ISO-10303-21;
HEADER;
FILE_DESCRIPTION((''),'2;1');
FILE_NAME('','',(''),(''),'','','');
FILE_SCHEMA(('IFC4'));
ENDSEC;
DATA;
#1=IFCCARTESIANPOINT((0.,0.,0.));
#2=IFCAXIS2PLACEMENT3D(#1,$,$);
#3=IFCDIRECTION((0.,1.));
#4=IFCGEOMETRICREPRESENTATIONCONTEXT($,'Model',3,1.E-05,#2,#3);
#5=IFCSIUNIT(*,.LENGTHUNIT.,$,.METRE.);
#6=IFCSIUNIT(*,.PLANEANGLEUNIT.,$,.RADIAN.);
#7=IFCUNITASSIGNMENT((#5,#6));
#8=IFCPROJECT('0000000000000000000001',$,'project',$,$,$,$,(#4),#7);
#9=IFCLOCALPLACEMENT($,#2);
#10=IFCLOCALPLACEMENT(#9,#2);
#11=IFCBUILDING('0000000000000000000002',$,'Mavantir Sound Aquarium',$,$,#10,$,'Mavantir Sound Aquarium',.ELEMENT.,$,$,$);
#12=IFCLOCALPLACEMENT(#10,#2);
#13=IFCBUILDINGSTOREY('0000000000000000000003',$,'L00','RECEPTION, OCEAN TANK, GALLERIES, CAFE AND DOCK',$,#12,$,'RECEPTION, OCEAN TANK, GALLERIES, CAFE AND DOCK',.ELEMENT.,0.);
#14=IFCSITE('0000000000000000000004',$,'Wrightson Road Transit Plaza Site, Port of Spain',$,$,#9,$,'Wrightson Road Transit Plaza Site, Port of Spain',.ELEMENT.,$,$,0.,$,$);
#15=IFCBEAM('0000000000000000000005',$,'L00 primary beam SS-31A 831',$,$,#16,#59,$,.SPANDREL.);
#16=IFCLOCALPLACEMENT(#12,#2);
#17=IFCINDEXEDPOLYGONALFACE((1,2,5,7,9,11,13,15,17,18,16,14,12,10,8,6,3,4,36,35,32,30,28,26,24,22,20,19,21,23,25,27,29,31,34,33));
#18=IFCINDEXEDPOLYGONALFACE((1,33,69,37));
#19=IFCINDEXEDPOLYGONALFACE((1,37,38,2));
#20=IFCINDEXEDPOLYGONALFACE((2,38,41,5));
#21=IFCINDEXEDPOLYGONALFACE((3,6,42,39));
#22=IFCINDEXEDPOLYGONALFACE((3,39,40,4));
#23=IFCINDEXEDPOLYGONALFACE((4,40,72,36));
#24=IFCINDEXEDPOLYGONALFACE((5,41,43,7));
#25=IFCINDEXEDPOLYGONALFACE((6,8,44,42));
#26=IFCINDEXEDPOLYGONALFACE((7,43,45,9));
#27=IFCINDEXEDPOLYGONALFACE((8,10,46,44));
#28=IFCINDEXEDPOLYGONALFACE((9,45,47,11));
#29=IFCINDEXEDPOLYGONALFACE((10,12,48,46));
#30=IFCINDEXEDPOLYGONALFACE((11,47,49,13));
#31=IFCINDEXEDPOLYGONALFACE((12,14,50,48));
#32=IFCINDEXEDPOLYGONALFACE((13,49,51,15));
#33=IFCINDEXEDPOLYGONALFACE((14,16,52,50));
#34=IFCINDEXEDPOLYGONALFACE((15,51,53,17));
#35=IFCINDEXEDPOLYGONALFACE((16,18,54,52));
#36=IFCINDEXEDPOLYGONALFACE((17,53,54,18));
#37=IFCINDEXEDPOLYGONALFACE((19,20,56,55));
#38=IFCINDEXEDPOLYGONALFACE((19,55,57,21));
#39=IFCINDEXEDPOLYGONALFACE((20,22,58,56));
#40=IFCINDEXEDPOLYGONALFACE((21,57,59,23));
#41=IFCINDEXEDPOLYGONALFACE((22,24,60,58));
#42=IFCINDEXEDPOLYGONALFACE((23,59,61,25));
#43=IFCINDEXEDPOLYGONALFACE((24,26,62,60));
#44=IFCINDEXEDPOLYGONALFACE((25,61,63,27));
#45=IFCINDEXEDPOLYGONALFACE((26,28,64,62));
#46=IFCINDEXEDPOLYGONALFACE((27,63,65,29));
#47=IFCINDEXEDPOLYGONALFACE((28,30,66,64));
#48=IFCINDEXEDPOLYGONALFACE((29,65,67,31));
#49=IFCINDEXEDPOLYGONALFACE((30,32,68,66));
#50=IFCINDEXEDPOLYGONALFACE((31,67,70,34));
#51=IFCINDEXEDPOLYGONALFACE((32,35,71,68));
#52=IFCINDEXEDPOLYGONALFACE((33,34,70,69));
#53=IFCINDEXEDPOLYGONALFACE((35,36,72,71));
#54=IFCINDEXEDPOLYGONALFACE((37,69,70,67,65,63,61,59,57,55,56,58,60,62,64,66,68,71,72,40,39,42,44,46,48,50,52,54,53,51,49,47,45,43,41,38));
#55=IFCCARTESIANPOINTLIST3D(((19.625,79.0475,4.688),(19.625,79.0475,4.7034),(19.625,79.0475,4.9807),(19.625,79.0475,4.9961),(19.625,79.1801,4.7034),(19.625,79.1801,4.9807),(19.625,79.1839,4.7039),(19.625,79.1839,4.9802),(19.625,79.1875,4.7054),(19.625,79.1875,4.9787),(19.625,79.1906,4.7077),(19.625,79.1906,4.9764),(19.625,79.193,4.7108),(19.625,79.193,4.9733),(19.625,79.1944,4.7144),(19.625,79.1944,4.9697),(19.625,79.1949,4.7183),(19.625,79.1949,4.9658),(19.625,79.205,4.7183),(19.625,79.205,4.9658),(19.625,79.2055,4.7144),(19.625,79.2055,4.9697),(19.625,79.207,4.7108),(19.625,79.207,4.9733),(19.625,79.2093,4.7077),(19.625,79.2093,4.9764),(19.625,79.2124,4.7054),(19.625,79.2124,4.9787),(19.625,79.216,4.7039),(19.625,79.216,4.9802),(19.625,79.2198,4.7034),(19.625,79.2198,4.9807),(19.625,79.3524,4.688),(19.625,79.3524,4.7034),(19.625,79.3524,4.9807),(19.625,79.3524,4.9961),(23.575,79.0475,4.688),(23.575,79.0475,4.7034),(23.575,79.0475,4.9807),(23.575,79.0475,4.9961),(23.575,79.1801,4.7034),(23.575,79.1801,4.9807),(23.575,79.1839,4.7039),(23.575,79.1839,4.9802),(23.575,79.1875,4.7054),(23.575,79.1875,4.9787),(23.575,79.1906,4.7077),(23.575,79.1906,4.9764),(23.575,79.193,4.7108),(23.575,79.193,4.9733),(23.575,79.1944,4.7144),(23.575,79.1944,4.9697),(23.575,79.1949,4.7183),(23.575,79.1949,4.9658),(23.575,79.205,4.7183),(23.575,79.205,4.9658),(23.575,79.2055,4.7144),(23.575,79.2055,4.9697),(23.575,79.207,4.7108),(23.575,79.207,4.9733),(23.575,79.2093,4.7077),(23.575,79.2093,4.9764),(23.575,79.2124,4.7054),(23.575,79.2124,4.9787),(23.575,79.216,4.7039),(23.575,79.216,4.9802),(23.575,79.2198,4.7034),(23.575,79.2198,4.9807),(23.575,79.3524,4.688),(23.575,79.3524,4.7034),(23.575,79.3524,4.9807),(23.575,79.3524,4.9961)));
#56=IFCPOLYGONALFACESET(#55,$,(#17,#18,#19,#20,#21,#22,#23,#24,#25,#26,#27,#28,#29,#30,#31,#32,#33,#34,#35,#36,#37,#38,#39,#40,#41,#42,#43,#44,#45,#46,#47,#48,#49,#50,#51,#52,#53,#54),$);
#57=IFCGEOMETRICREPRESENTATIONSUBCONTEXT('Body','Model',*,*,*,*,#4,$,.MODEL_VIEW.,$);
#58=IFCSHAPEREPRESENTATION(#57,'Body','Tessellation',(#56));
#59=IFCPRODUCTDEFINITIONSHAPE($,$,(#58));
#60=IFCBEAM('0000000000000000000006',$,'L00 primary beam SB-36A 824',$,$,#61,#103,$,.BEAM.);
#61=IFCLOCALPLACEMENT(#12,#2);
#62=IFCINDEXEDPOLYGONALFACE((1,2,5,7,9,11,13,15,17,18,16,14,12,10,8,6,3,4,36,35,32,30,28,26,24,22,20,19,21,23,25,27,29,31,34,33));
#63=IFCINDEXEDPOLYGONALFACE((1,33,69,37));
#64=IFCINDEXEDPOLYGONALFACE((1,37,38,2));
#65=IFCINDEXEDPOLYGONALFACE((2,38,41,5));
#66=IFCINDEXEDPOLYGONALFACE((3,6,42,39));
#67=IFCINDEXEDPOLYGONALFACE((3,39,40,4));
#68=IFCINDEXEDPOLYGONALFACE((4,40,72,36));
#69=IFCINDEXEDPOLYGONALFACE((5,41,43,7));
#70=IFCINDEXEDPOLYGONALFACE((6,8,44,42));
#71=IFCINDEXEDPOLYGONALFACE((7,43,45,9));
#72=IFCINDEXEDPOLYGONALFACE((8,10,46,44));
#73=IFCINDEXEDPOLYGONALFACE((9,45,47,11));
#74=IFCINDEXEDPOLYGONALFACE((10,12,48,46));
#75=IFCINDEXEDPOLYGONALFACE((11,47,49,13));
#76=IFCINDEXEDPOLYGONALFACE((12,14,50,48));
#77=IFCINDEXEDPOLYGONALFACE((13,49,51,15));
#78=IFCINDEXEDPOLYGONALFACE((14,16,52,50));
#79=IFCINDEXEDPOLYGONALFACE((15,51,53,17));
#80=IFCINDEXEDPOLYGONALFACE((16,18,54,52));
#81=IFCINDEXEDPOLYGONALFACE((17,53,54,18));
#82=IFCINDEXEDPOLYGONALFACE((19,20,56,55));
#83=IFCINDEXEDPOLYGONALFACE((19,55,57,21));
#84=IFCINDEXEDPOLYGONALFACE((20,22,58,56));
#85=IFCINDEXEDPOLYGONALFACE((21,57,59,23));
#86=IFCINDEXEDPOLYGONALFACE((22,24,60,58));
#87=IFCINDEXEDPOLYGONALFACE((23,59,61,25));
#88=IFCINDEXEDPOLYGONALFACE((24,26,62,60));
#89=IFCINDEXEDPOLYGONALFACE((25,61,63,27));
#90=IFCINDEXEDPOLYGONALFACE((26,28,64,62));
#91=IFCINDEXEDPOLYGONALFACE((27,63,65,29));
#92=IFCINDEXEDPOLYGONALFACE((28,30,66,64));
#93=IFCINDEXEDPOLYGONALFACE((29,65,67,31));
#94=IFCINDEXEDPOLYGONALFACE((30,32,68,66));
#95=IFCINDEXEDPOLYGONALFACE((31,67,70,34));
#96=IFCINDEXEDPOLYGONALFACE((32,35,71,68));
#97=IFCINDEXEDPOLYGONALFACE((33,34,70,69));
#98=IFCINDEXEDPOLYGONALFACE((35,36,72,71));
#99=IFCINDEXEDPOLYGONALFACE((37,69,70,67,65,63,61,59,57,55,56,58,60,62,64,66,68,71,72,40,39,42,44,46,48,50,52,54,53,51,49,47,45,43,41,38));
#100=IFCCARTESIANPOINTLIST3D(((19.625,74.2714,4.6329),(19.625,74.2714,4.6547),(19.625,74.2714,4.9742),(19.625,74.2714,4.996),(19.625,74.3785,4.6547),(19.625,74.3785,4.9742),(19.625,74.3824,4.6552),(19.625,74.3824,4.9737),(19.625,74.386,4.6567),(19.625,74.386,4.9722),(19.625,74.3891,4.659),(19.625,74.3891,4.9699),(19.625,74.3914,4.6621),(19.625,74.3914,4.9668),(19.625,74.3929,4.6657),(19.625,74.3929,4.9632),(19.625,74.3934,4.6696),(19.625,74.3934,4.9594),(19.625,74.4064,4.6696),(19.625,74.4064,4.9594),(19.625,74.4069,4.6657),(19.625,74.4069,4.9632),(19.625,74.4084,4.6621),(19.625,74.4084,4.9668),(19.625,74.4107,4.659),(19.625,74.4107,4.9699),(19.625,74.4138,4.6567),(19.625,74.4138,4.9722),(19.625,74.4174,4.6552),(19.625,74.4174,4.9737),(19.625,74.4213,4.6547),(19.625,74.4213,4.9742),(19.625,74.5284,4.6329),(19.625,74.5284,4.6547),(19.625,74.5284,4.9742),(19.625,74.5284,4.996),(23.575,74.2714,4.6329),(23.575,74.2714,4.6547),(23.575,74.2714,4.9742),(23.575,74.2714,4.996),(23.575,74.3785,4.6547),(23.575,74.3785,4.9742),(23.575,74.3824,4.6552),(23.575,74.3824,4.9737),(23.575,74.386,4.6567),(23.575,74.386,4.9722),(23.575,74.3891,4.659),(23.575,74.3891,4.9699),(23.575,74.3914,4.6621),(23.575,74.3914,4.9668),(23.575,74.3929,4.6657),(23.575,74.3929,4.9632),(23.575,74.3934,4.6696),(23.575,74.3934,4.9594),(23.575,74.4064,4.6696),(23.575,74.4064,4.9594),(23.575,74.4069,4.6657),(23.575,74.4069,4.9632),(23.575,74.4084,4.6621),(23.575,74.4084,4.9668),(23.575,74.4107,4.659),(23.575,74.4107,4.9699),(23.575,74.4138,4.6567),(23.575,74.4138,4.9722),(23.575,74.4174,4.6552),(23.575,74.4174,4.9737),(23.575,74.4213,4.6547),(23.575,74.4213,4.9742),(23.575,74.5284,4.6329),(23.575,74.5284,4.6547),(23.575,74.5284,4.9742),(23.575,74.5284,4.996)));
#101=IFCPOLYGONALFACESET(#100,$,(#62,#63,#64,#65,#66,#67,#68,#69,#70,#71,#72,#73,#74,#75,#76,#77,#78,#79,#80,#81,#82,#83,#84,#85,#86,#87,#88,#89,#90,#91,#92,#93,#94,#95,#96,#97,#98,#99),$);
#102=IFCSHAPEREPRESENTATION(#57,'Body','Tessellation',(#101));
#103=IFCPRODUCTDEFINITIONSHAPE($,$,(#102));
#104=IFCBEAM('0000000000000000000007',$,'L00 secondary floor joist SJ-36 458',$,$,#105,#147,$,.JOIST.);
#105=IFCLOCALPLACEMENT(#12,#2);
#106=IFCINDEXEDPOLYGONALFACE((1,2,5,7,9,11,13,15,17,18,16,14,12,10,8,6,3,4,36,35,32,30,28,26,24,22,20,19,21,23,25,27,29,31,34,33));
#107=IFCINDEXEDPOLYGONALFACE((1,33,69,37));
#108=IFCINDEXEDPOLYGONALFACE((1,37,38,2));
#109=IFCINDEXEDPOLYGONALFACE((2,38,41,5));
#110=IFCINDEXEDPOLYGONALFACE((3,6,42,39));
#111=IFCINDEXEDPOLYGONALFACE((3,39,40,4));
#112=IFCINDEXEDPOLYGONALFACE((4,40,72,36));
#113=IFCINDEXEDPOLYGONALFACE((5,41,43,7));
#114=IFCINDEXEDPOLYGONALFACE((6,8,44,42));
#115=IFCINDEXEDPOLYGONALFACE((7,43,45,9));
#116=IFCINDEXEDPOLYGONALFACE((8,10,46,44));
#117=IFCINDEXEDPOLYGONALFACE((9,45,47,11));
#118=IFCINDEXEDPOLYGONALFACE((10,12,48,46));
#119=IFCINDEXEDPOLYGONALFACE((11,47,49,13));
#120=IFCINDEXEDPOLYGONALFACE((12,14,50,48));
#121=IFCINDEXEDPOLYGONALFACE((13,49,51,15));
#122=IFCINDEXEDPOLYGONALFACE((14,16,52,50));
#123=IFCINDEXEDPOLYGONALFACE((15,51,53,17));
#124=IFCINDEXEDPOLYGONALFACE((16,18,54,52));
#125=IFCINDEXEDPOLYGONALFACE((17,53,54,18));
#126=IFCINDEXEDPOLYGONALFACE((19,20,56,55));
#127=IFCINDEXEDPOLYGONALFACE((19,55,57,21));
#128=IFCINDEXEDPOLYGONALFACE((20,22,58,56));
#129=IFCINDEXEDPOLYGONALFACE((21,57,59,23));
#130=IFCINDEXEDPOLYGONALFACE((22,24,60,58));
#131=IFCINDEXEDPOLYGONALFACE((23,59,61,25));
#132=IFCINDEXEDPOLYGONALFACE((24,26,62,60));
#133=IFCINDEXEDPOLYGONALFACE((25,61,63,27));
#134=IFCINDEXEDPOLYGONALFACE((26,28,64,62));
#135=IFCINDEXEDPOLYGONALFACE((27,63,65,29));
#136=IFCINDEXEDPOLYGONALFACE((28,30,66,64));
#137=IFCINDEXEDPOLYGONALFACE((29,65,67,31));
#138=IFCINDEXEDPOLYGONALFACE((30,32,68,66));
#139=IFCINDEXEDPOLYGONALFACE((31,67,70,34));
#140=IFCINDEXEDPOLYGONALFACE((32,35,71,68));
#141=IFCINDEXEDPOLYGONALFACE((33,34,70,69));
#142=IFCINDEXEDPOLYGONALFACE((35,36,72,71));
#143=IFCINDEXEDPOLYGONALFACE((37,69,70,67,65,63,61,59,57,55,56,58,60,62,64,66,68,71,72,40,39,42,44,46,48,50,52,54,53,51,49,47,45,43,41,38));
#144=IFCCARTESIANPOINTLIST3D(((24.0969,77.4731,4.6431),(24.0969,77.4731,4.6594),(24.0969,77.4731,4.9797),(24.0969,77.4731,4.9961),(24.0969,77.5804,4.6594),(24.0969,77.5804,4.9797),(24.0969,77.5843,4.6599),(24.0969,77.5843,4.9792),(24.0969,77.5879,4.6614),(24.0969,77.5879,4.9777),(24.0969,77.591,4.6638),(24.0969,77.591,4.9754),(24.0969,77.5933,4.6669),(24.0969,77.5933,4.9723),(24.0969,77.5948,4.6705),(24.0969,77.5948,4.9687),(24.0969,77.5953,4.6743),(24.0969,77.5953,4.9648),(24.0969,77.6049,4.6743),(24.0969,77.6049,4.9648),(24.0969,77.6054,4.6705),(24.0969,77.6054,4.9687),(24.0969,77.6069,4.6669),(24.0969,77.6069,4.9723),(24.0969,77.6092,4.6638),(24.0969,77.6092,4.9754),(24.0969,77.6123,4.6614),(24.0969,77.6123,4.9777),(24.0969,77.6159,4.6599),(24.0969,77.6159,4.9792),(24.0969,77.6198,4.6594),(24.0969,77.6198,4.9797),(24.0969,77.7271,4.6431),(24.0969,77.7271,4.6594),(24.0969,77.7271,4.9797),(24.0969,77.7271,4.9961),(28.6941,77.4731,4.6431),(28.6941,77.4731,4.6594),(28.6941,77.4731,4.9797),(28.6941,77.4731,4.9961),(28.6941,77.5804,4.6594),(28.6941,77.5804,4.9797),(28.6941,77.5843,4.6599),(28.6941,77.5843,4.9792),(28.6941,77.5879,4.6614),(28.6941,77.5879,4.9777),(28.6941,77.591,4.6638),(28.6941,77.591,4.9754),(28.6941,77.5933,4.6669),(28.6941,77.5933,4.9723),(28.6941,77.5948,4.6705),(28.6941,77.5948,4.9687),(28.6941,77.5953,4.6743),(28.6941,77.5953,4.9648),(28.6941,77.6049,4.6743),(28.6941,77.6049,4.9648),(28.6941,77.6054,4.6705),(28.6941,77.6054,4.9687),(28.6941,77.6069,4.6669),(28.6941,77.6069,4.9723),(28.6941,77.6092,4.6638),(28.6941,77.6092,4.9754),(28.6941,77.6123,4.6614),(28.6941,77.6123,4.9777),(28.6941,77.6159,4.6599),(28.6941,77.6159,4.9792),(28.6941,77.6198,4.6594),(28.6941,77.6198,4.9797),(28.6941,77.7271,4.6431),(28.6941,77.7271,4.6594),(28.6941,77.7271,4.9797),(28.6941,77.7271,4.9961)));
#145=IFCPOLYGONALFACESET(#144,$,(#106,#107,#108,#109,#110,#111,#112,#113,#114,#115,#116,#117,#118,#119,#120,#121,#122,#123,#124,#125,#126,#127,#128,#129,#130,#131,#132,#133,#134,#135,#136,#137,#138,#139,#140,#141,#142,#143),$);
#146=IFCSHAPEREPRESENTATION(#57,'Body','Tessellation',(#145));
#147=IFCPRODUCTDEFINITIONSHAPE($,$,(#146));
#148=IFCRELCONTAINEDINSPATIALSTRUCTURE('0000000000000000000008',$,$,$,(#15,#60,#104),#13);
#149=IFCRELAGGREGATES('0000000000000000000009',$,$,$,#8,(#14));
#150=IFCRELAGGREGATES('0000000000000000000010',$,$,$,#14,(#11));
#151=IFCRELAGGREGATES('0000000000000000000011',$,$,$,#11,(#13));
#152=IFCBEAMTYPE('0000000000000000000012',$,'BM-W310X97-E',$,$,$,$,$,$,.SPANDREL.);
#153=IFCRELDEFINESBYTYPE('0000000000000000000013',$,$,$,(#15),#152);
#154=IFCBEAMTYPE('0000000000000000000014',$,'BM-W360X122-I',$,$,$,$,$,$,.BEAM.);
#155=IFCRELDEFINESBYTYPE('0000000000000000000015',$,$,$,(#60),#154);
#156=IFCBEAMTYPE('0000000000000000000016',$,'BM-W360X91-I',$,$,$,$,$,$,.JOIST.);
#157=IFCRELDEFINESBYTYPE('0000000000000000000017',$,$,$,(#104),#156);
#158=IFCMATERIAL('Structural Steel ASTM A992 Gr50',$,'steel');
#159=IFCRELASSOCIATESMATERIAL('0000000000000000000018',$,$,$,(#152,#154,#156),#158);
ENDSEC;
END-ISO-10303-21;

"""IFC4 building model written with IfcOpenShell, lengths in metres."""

from ifc_helpers import new_model, si_unit, direction, frame, origin, origin_2d, place, context, subcontext, project, spatial, i_section, extrude, material, material_profile, profile_set, type_object, element, save


model = new_model("IFC4")

# Units and contexts
model_context = context("Model", 3, precision=1e-05, world=origin(), true_north=direction((0.0, 1.0)))
body_context = subcontext(model_context, "Body", "Model", "MODEL_VIEW")
ifc_project = project(units=[si_unit("LENGTHUNIT", "METRE"), si_unit("PLANEANGLEUNIT", "RADIAN")], contexts=[model_context])

# Site, building, storey
site_placement = place(None, origin())
site = spatial("IfcSite", under=ifc_project, at=site_placement, Name="Wrightson Road Transit Plaza Site, Port of Spain", LongName="Wrightson Road Transit Plaza Site, Port of Spain", CompositionType="ELEMENT", RefElevation=0.0)
building_placement = place(site_placement, origin())
building = spatial("IfcBuilding", under=site, at=building_placement, Name="Mavantir Sound Aquarium", LongName="Mavantir Sound Aquarium", CompositionType="ELEMENT")
storey_placement = place(building_placement, origin())
storey = spatial("IfcBuildingStorey", under=building, at=storey_placement, Name="L00", Description="RECEPTION, OCEAN TANK, GALLERIES, CAFE AND DOCK", LongName="RECEPTION, OCEAN TANK, GALLERIES, CAFE AND DOCK", CompositionType="ELEMENT", Elevation=0.0)

# Beams
ifc_material_1 = material(Name="Structural Steel ASTM A992 Gr50", Category="steel")
ifc_material_profile_1 = material_profile(ifc_material_1, i_section(OverallWidth=0.3049, OverallDepth=0.3081, WebThickness=0.01, FlangeThickness=0.0154, FilletRadius=0.0149, at=origin_2d()), Name="W310X97")
ifc_profile_set_1 = profile_set([ifc_material_profile_1], Name="Structural Steel ASTM A992 Gr50")
beam_type_1 = type_object("IfcBeamType", Name="BM-W310X97-E", PredefinedType="SPANDREL", material=ifc_profile_set_1)
beam_1_placement = place(storey_placement, frame((19.625, 79.2, 4.842), z_axis=(1.0, 0.0, 0.0), x_axis=(0.0, 1.0, 0.0)))
element("IfcBeam", 1, at=beam_1_placement, inside=storey, type_object=beam_type_1, Name="L00 primary beam SS-31A 831", PredefinedType="SPANDREL", context=body_context, shape_type="SweptSolid", body=[
    extrude(i_section(OverallWidth=0.3049, OverallDepth=0.3081, WebThickness=0.01, FlangeThickness=0.0154, FilletRadius=0.0149, at=origin_2d()), origin(), (0.0, 0.0, 1.0), 3.95),
])
ifc_material_profile_2 = material_profile(ifc_material_1, i_section(OverallWidth=0.2571, OverallDepth=0.363, WebThickness=0.0129, FlangeThickness=0.0217, FilletRadius=0.0149, at=origin_2d()), Name="W360X122")
ifc_profile_set_2 = profile_set([ifc_material_profile_2], Name="Structural Steel ASTM A992 Gr50")
beam_type_2 = type_object("IfcBeamType", Name="BM-W360X122-I", PredefinedType="BEAM", material=ifc_profile_set_2)
beam_2_placement = place(storey_placement, frame((19.625, 74.3999, 4.8145), z_axis=(1.0, 0.0, 0.0), x_axis=(0.0, 1.0, 0.0)))
element("IfcBeam", 2, at=beam_2_placement, inside=storey, type_object=beam_type_2, Name="L00 primary beam SB-36A 824", PredefinedType="BEAM", context=body_context, shape_type="SweptSolid", body=[
    extrude(i_section(OverallWidth=0.2571, OverallDepth=0.363, WebThickness=0.0129, FlangeThickness=0.0217, FilletRadius=0.0149, at=origin_2d()), origin(), (0.0, 0.0, 1.0), 3.95),
])
ifc_material_profile_3 = material_profile(ifc_material_1, i_section(OverallWidth=0.2539, OverallDepth=0.353, WebThickness=0.0095, FlangeThickness=0.0164, FilletRadius=0.0149, at=origin_2d()), Name="W360X91")
ifc_profile_set_3 = profile_set([ifc_material_profile_3], Name="Structural Steel ASTM A992 Gr50")
beam_type_3 = type_object("IfcBeamType", Name="BM-W360X91-I", PredefinedType="JOIST", material=ifc_profile_set_3)
beam_3_placement = place(storey_placement, frame((24.0969, 77.6001, 4.8196), z_axis=(1.0, 0.0, 0.0), x_axis=(0.0, 1.0, 0.0)))
element("IfcBeam", 3, at=beam_3_placement, inside=storey, type_object=beam_type_3, Name="L00 secondary floor joist SJ-36 458", PredefinedType="JOIST", context=body_context, shape_type="SweptSolid", body=[
    extrude(i_section(OverallWidth=0.2539, OverallDepth=0.353, WebThickness=0.0095, FlangeThickness=0.0164, FilletRadius=0.0149, at=origin_2d()), origin(), (0.0, 0.0, 1.0), 4.5972),
])

save(model, "model.ifc")
